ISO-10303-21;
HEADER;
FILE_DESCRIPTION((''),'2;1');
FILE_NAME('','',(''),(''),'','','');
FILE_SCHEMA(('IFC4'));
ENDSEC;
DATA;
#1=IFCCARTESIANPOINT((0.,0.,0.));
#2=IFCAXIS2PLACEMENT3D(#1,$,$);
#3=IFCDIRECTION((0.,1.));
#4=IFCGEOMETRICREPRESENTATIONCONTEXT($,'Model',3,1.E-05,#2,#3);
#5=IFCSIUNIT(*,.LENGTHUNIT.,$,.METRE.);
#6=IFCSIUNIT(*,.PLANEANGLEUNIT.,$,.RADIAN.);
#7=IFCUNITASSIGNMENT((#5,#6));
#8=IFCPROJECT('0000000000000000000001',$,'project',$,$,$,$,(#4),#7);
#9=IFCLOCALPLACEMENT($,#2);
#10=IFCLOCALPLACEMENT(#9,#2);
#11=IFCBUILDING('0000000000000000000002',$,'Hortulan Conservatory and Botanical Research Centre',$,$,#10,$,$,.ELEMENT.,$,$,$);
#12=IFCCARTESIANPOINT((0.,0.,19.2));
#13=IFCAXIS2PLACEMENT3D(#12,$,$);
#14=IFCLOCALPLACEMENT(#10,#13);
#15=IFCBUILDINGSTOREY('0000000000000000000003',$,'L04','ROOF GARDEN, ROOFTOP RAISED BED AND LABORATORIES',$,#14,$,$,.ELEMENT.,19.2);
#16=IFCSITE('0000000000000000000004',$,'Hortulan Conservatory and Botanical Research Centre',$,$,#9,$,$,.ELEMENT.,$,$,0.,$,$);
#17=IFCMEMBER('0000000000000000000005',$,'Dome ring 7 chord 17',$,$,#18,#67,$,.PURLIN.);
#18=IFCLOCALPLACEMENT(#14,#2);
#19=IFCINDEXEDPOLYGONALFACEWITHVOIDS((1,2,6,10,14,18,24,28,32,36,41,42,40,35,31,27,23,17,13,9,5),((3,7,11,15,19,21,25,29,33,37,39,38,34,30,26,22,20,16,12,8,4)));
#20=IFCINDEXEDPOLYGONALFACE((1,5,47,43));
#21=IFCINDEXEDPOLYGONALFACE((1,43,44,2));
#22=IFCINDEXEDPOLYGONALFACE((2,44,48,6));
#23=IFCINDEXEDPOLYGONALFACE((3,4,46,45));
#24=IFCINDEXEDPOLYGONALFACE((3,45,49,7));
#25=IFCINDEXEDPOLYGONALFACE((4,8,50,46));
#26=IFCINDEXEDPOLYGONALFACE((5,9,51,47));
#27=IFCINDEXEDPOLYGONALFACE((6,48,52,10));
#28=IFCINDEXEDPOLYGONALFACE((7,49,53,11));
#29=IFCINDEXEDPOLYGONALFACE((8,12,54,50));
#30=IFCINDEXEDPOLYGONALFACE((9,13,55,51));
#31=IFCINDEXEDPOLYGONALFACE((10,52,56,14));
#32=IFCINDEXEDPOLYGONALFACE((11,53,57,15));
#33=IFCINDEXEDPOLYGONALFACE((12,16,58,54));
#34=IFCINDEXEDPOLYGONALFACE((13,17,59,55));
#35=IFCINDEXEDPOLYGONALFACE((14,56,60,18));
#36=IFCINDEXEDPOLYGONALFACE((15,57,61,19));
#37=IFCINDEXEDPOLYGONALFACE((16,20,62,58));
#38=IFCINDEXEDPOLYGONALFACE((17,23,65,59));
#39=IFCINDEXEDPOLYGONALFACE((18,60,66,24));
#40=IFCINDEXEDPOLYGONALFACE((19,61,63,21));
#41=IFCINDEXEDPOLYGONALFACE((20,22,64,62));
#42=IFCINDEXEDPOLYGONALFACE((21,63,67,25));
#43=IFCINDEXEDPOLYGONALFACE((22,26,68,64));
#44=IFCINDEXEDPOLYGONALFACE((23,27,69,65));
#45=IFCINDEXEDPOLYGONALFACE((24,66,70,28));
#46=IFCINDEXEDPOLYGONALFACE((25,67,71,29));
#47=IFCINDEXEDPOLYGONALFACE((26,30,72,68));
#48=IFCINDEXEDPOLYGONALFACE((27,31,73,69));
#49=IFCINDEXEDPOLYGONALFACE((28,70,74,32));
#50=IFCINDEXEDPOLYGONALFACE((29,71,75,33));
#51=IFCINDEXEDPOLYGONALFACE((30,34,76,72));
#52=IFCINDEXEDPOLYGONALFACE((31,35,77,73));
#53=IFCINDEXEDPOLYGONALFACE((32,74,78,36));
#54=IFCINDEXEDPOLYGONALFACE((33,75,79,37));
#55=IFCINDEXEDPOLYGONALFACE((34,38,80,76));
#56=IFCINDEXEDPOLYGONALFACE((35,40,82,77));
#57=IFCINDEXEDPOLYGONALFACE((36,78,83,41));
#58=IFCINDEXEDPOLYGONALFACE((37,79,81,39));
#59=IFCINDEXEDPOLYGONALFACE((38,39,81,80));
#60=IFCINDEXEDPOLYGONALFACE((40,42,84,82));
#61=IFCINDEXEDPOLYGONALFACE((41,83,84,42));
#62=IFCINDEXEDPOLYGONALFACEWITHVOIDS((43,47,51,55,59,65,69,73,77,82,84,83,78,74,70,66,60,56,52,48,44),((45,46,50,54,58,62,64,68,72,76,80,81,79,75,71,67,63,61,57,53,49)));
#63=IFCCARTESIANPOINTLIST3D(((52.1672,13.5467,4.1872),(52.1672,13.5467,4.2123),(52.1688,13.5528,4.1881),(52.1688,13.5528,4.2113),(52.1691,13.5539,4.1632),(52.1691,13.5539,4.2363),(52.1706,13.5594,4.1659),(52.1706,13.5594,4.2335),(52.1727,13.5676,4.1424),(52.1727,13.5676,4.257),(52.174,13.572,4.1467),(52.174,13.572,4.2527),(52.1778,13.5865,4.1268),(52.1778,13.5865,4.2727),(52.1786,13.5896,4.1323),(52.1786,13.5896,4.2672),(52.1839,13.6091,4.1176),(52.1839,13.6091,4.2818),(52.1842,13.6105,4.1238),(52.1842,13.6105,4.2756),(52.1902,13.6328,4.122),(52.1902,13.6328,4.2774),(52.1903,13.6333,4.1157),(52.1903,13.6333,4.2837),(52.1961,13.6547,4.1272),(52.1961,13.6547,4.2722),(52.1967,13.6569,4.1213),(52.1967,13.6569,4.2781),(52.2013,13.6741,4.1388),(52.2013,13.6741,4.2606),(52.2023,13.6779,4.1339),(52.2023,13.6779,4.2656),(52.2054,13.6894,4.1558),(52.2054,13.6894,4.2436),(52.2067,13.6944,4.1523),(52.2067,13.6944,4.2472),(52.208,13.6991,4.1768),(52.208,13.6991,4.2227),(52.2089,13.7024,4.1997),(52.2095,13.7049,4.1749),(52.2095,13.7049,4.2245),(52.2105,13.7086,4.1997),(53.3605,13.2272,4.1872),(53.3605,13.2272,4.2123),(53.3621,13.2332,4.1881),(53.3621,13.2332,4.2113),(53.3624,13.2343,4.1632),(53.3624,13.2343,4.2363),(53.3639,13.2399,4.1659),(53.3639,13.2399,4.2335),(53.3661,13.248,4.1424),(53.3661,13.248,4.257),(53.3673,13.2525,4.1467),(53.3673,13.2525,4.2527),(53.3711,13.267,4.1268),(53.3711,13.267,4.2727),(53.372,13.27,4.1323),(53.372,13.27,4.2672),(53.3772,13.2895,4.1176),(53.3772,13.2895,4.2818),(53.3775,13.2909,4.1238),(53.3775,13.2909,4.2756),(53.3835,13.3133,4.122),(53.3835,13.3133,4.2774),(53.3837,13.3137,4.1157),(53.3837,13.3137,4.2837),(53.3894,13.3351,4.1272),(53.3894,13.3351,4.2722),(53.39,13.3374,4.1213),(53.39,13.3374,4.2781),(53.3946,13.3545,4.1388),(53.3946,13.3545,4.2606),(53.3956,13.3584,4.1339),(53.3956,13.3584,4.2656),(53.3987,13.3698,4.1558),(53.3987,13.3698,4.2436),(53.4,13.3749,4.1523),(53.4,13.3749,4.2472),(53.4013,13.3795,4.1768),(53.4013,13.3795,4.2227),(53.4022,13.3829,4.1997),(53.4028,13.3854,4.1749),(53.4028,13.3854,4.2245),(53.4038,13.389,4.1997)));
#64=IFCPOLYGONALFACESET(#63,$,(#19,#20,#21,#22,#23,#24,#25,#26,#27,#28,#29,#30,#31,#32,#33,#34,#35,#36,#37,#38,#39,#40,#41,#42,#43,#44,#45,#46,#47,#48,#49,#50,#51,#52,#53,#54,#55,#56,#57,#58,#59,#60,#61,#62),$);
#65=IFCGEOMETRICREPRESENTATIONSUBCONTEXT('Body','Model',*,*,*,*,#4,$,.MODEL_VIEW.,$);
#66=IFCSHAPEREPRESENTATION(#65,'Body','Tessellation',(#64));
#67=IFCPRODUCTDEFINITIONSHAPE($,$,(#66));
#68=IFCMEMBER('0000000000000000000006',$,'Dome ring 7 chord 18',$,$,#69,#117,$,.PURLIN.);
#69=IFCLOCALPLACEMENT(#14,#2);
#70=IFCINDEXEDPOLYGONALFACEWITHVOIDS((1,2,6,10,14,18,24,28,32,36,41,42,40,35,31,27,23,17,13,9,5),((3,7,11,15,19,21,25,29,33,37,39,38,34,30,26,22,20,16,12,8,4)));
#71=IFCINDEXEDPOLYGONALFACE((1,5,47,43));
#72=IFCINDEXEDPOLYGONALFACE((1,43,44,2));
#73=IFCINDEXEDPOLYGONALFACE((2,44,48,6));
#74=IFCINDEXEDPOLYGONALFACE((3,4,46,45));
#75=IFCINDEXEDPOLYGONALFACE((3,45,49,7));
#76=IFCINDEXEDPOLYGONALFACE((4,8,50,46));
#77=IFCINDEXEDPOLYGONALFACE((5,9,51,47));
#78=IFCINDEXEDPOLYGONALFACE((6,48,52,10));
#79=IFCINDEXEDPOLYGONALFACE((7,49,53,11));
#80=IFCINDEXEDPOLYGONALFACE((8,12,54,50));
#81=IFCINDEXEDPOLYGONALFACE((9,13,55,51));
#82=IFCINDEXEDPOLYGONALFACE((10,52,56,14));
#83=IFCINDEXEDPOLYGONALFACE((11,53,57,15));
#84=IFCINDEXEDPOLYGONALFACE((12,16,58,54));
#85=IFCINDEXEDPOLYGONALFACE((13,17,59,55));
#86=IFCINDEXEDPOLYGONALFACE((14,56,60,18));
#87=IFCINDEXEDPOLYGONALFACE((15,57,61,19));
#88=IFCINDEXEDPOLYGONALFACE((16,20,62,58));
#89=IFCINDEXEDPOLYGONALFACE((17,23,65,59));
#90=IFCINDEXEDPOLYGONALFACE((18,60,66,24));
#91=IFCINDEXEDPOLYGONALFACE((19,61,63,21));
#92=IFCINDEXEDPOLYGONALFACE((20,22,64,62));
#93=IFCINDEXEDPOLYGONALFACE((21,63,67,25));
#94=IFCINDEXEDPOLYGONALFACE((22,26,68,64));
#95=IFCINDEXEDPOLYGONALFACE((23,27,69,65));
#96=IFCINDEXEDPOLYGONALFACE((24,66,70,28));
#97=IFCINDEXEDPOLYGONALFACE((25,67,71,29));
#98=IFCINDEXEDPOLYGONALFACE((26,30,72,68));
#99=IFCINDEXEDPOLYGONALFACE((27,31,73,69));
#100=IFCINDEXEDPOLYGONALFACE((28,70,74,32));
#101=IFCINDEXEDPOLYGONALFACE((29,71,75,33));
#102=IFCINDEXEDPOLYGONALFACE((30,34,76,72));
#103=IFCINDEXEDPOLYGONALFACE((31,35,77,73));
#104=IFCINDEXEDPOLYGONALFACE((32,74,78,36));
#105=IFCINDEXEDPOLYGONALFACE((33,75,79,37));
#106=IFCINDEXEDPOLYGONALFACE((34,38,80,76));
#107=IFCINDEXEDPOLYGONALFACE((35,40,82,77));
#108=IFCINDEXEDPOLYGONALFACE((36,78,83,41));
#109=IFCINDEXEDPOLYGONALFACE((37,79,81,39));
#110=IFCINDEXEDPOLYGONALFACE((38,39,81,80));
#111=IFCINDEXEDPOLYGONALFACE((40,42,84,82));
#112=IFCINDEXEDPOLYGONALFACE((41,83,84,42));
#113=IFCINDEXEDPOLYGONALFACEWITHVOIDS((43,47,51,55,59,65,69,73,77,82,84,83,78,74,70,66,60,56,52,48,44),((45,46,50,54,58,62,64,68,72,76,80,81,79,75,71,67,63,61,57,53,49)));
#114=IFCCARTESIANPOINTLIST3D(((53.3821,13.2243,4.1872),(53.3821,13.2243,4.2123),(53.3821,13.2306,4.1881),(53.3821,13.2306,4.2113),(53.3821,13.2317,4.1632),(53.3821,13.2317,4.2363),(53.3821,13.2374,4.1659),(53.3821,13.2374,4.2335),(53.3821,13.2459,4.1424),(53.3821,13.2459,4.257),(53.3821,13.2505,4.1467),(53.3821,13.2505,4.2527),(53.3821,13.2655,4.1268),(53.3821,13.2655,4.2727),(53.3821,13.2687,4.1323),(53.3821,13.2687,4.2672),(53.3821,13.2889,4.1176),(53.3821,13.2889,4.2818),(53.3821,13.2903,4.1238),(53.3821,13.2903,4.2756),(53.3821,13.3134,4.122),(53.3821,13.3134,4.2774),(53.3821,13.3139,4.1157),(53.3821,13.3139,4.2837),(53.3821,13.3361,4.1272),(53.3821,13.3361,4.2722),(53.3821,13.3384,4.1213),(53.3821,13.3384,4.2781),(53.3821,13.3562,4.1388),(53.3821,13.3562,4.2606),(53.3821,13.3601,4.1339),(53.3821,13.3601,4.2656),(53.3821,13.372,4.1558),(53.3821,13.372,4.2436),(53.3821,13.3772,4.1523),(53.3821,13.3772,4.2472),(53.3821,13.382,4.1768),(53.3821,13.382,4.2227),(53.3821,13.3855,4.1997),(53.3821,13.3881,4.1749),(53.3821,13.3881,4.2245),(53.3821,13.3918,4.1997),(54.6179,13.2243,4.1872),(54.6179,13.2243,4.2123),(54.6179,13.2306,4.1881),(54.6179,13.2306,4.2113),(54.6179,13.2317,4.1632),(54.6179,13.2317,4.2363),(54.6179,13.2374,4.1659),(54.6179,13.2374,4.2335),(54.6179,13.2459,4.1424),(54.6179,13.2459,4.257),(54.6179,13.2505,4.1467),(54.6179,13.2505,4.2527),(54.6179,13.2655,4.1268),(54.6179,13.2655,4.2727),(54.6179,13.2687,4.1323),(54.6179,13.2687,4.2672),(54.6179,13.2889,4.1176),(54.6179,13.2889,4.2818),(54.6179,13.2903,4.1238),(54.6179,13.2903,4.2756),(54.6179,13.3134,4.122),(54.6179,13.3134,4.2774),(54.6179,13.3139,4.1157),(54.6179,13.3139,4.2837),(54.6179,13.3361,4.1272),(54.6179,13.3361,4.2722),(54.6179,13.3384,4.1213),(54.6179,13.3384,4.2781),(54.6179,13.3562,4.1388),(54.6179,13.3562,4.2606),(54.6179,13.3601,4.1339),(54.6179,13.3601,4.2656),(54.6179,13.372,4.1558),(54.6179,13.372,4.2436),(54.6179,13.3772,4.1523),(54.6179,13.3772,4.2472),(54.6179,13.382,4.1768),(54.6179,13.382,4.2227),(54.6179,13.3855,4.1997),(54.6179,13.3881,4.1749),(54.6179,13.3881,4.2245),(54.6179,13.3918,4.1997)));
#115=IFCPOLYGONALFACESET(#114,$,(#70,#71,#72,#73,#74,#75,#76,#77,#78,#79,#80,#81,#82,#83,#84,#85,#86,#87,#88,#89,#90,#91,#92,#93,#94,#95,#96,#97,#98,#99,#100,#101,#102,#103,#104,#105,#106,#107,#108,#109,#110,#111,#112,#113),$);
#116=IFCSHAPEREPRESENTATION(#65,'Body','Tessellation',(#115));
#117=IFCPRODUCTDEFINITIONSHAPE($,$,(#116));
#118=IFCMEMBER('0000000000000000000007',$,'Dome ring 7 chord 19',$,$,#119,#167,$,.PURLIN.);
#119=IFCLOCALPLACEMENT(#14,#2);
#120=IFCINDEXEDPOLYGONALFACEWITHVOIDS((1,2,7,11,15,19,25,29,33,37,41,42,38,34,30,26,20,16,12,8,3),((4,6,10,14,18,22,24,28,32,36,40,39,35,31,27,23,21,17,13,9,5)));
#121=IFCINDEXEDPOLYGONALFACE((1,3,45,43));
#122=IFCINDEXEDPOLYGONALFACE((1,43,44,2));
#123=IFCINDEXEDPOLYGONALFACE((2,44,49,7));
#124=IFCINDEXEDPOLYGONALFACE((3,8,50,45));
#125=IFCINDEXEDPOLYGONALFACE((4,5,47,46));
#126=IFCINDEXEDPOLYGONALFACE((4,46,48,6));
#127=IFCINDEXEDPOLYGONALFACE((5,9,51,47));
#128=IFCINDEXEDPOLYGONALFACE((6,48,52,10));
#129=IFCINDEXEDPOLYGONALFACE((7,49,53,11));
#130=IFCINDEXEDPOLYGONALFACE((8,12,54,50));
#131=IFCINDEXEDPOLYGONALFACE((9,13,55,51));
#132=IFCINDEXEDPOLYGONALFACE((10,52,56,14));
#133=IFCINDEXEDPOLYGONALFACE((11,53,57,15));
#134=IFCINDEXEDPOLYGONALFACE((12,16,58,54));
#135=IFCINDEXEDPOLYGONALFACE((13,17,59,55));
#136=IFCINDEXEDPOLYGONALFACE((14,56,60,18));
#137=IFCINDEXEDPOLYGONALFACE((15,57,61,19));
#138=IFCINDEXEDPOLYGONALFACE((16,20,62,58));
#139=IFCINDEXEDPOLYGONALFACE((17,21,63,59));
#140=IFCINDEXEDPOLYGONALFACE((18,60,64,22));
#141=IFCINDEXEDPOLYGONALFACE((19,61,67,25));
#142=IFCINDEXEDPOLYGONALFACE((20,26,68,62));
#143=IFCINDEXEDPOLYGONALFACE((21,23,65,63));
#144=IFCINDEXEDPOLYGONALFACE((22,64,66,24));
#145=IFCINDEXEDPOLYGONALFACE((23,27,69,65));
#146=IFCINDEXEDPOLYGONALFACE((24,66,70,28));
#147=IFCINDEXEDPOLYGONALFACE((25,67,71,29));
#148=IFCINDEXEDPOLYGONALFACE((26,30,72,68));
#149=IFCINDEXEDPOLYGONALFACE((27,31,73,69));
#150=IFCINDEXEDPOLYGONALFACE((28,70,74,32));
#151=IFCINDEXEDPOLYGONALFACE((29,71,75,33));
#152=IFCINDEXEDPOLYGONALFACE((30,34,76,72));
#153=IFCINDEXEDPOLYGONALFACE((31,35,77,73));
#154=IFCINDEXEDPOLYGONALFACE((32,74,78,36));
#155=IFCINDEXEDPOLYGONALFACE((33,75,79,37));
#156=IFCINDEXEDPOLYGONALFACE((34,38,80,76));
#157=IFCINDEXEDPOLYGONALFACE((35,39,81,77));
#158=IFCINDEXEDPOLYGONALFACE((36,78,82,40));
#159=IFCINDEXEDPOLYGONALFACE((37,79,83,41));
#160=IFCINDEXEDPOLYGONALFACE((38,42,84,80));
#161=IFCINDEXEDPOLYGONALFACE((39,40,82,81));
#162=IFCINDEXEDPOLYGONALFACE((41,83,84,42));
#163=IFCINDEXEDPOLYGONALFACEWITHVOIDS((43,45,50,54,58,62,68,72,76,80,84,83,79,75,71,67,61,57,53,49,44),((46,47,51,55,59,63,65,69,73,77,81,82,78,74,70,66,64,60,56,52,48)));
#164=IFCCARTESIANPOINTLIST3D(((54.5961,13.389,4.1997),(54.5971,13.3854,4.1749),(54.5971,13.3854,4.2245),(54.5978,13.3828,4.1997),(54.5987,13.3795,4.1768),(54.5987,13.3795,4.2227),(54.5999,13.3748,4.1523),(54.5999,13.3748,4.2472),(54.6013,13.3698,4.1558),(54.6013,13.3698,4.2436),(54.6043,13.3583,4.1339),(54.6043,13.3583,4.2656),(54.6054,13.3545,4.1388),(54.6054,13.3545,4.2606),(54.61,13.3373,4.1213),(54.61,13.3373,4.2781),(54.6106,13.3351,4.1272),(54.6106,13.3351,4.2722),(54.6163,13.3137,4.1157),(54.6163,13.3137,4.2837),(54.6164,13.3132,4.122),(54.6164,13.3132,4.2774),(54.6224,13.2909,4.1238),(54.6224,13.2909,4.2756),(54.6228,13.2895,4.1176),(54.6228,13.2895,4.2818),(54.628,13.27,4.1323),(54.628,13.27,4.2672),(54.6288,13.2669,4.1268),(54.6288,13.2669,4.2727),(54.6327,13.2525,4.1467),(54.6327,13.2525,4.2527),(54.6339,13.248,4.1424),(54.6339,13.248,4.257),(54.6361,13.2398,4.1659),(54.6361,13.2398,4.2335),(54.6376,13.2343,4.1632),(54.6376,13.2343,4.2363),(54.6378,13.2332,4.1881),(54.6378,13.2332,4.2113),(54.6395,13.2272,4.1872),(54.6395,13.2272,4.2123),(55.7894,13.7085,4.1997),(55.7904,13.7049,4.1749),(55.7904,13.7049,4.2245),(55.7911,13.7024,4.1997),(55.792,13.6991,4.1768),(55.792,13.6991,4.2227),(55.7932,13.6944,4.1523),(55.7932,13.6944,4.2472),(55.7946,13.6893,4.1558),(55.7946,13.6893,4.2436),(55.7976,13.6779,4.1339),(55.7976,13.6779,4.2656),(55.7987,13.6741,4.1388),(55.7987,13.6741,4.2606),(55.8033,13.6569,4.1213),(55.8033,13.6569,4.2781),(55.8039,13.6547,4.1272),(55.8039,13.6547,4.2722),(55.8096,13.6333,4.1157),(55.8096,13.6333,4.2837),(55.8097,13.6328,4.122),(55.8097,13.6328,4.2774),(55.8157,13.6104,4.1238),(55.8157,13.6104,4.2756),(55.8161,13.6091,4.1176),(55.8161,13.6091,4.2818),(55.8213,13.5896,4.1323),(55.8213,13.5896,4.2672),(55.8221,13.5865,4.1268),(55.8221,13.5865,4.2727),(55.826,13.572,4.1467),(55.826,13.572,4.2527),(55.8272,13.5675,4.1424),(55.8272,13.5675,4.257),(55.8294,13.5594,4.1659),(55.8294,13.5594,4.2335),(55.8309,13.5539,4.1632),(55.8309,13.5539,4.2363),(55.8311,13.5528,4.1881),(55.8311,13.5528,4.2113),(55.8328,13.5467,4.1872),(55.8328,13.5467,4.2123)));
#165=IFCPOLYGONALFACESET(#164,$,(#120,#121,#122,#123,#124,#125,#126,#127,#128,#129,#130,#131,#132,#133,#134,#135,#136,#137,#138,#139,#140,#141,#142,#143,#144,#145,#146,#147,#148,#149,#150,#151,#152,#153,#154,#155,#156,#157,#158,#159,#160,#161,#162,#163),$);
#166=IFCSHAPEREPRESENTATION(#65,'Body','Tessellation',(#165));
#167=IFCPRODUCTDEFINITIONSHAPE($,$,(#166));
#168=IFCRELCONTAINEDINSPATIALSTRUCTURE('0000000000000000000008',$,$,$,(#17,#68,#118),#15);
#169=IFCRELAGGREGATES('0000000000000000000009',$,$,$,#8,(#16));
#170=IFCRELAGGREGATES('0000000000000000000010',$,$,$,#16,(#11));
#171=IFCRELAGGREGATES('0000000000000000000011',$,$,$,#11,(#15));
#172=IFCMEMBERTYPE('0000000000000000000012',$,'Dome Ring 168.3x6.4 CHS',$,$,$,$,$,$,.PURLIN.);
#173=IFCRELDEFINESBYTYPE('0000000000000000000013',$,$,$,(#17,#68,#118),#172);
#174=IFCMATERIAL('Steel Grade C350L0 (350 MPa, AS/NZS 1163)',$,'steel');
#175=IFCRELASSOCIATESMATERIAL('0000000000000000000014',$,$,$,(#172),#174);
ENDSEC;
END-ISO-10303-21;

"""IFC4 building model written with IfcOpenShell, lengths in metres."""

from ifc_helpers import new_model, si_unit, direction, frame, origin, origin_2d, place, context, subcontext, project, spatial, hollow_circle, extrude, material, material_profile, profile_set, type_object, element, save


model = new_model("IFC4")

# Units and contexts
model_context = context("Model", 3, precision=1e-05, world=origin(), true_north=direction((0.0, 1.0)))
body_context = subcontext(model_context, "Body", "Model", "MODEL_VIEW")
ifc_project = project(units=[si_unit("LENGTHUNIT", "METRE"), si_unit("PLANEANGLEUNIT", "RADIAN")], contexts=[model_context])

# Site, building, storey
site_placement = place(None, origin())
site = spatial("IfcSite", under=ifc_project, at=site_placement, Name="Hortulan Conservatory and Botanical Research Centre", CompositionType="ELEMENT", RefElevation=0.0)
building_placement = place(site_placement, origin())
building = spatial("IfcBuilding", under=site, at=building_placement, Name="Hortulan Conservatory and Botanical Research Centre", CompositionType="ELEMENT")
storey_placement = place(building_placement, frame((0.0, 0.0, 19.2)))
storey = spatial("IfcBuildingStorey", under=building, at=storey_placement, Name="L04", Description="ROOF GARDEN, ROOFTOP RAISED BED AND LABORATORIES", CompositionType="ELEMENT", Elevation=19.2)

# Shared definitions
ifc_material_1 = material(Name="Steel Grade C350L0 (350 MPa, AS/NZS 1163)", Category="steel")

# Members
ifc_material_profile_1 = material_profile(ifc_material_1, hollow_circle(Radius=0.0842, WallThickness=0.0063, at=origin_2d()), Name="168.3x6.4CHS")
ifc_profile_set_1 = profile_set([ifc_material_profile_1], Name="Steel Grade C350L0 (350 MPa, AS/NZS 1163)")
member_type_1 = type_object("IfcMemberType", Name="Dome Ring 168.3x6.4 CHS", PredefinedType="PURLIN", material=ifc_profile_set_1)
member_1_placement = place(storey_placement, frame((52.1887, 13.6272, 4.1997), z_axis=(0.965962, -0.258683, 0.0), x_axis=(0.258683, 0.965962, 0.0)))
element("IfcMember", 1, at=member_1_placement, inside=storey, type_object=member_type_1, Name="Dome ring 7 chord 17", PredefinedType="PURLIN", context=body_context, shape_type="SweptSolid", body=[
    extrude(hollow_circle(Radius=0.0842, WallThickness=0.0063, at=origin_2d()), origin(), (0.0, 0.0, 1.0), 1.2354),
])
member_2_placement = place(storey_placement, frame((53.3821, 13.3076, 4.1997), z_axis=(1.0, 0.0, 0.0), x_axis=(0.0, 1.0, 0.0)))
element("IfcMember", 2, at=member_2_placement, inside=storey, type_object=member_type_1, Name="Dome ring 7 chord 18", PredefinedType="PURLIN", context=body_context, shape_type="SweptSolid", body=[
    extrude(hollow_circle(Radius=0.0842, WallThickness=0.0063, at=origin_2d()), origin(), (0.0, 0.0, 1.0), 1.2358),
])
member_3_placement = place(storey_placement, frame((54.6179, 13.3076, 4.1997), z_axis=(0.965962, 0.258683, 0.0), x_axis=(-0.258683, 0.965962, 0.0)))
element("IfcMember", 3, at=member_3_placement, inside=storey, type_object=member_type_1, Name="Dome ring 7 chord 19", PredefinedType="PURLIN", context=body_context, shape_type="SweptSolid", body=[
    extrude(hollow_circle(Radius=0.0842, WallThickness=0.0063, at=origin_2d()), origin(), (0.0, 0.0, 1.0), 1.2354),
])

save(model, "model.ifc")
